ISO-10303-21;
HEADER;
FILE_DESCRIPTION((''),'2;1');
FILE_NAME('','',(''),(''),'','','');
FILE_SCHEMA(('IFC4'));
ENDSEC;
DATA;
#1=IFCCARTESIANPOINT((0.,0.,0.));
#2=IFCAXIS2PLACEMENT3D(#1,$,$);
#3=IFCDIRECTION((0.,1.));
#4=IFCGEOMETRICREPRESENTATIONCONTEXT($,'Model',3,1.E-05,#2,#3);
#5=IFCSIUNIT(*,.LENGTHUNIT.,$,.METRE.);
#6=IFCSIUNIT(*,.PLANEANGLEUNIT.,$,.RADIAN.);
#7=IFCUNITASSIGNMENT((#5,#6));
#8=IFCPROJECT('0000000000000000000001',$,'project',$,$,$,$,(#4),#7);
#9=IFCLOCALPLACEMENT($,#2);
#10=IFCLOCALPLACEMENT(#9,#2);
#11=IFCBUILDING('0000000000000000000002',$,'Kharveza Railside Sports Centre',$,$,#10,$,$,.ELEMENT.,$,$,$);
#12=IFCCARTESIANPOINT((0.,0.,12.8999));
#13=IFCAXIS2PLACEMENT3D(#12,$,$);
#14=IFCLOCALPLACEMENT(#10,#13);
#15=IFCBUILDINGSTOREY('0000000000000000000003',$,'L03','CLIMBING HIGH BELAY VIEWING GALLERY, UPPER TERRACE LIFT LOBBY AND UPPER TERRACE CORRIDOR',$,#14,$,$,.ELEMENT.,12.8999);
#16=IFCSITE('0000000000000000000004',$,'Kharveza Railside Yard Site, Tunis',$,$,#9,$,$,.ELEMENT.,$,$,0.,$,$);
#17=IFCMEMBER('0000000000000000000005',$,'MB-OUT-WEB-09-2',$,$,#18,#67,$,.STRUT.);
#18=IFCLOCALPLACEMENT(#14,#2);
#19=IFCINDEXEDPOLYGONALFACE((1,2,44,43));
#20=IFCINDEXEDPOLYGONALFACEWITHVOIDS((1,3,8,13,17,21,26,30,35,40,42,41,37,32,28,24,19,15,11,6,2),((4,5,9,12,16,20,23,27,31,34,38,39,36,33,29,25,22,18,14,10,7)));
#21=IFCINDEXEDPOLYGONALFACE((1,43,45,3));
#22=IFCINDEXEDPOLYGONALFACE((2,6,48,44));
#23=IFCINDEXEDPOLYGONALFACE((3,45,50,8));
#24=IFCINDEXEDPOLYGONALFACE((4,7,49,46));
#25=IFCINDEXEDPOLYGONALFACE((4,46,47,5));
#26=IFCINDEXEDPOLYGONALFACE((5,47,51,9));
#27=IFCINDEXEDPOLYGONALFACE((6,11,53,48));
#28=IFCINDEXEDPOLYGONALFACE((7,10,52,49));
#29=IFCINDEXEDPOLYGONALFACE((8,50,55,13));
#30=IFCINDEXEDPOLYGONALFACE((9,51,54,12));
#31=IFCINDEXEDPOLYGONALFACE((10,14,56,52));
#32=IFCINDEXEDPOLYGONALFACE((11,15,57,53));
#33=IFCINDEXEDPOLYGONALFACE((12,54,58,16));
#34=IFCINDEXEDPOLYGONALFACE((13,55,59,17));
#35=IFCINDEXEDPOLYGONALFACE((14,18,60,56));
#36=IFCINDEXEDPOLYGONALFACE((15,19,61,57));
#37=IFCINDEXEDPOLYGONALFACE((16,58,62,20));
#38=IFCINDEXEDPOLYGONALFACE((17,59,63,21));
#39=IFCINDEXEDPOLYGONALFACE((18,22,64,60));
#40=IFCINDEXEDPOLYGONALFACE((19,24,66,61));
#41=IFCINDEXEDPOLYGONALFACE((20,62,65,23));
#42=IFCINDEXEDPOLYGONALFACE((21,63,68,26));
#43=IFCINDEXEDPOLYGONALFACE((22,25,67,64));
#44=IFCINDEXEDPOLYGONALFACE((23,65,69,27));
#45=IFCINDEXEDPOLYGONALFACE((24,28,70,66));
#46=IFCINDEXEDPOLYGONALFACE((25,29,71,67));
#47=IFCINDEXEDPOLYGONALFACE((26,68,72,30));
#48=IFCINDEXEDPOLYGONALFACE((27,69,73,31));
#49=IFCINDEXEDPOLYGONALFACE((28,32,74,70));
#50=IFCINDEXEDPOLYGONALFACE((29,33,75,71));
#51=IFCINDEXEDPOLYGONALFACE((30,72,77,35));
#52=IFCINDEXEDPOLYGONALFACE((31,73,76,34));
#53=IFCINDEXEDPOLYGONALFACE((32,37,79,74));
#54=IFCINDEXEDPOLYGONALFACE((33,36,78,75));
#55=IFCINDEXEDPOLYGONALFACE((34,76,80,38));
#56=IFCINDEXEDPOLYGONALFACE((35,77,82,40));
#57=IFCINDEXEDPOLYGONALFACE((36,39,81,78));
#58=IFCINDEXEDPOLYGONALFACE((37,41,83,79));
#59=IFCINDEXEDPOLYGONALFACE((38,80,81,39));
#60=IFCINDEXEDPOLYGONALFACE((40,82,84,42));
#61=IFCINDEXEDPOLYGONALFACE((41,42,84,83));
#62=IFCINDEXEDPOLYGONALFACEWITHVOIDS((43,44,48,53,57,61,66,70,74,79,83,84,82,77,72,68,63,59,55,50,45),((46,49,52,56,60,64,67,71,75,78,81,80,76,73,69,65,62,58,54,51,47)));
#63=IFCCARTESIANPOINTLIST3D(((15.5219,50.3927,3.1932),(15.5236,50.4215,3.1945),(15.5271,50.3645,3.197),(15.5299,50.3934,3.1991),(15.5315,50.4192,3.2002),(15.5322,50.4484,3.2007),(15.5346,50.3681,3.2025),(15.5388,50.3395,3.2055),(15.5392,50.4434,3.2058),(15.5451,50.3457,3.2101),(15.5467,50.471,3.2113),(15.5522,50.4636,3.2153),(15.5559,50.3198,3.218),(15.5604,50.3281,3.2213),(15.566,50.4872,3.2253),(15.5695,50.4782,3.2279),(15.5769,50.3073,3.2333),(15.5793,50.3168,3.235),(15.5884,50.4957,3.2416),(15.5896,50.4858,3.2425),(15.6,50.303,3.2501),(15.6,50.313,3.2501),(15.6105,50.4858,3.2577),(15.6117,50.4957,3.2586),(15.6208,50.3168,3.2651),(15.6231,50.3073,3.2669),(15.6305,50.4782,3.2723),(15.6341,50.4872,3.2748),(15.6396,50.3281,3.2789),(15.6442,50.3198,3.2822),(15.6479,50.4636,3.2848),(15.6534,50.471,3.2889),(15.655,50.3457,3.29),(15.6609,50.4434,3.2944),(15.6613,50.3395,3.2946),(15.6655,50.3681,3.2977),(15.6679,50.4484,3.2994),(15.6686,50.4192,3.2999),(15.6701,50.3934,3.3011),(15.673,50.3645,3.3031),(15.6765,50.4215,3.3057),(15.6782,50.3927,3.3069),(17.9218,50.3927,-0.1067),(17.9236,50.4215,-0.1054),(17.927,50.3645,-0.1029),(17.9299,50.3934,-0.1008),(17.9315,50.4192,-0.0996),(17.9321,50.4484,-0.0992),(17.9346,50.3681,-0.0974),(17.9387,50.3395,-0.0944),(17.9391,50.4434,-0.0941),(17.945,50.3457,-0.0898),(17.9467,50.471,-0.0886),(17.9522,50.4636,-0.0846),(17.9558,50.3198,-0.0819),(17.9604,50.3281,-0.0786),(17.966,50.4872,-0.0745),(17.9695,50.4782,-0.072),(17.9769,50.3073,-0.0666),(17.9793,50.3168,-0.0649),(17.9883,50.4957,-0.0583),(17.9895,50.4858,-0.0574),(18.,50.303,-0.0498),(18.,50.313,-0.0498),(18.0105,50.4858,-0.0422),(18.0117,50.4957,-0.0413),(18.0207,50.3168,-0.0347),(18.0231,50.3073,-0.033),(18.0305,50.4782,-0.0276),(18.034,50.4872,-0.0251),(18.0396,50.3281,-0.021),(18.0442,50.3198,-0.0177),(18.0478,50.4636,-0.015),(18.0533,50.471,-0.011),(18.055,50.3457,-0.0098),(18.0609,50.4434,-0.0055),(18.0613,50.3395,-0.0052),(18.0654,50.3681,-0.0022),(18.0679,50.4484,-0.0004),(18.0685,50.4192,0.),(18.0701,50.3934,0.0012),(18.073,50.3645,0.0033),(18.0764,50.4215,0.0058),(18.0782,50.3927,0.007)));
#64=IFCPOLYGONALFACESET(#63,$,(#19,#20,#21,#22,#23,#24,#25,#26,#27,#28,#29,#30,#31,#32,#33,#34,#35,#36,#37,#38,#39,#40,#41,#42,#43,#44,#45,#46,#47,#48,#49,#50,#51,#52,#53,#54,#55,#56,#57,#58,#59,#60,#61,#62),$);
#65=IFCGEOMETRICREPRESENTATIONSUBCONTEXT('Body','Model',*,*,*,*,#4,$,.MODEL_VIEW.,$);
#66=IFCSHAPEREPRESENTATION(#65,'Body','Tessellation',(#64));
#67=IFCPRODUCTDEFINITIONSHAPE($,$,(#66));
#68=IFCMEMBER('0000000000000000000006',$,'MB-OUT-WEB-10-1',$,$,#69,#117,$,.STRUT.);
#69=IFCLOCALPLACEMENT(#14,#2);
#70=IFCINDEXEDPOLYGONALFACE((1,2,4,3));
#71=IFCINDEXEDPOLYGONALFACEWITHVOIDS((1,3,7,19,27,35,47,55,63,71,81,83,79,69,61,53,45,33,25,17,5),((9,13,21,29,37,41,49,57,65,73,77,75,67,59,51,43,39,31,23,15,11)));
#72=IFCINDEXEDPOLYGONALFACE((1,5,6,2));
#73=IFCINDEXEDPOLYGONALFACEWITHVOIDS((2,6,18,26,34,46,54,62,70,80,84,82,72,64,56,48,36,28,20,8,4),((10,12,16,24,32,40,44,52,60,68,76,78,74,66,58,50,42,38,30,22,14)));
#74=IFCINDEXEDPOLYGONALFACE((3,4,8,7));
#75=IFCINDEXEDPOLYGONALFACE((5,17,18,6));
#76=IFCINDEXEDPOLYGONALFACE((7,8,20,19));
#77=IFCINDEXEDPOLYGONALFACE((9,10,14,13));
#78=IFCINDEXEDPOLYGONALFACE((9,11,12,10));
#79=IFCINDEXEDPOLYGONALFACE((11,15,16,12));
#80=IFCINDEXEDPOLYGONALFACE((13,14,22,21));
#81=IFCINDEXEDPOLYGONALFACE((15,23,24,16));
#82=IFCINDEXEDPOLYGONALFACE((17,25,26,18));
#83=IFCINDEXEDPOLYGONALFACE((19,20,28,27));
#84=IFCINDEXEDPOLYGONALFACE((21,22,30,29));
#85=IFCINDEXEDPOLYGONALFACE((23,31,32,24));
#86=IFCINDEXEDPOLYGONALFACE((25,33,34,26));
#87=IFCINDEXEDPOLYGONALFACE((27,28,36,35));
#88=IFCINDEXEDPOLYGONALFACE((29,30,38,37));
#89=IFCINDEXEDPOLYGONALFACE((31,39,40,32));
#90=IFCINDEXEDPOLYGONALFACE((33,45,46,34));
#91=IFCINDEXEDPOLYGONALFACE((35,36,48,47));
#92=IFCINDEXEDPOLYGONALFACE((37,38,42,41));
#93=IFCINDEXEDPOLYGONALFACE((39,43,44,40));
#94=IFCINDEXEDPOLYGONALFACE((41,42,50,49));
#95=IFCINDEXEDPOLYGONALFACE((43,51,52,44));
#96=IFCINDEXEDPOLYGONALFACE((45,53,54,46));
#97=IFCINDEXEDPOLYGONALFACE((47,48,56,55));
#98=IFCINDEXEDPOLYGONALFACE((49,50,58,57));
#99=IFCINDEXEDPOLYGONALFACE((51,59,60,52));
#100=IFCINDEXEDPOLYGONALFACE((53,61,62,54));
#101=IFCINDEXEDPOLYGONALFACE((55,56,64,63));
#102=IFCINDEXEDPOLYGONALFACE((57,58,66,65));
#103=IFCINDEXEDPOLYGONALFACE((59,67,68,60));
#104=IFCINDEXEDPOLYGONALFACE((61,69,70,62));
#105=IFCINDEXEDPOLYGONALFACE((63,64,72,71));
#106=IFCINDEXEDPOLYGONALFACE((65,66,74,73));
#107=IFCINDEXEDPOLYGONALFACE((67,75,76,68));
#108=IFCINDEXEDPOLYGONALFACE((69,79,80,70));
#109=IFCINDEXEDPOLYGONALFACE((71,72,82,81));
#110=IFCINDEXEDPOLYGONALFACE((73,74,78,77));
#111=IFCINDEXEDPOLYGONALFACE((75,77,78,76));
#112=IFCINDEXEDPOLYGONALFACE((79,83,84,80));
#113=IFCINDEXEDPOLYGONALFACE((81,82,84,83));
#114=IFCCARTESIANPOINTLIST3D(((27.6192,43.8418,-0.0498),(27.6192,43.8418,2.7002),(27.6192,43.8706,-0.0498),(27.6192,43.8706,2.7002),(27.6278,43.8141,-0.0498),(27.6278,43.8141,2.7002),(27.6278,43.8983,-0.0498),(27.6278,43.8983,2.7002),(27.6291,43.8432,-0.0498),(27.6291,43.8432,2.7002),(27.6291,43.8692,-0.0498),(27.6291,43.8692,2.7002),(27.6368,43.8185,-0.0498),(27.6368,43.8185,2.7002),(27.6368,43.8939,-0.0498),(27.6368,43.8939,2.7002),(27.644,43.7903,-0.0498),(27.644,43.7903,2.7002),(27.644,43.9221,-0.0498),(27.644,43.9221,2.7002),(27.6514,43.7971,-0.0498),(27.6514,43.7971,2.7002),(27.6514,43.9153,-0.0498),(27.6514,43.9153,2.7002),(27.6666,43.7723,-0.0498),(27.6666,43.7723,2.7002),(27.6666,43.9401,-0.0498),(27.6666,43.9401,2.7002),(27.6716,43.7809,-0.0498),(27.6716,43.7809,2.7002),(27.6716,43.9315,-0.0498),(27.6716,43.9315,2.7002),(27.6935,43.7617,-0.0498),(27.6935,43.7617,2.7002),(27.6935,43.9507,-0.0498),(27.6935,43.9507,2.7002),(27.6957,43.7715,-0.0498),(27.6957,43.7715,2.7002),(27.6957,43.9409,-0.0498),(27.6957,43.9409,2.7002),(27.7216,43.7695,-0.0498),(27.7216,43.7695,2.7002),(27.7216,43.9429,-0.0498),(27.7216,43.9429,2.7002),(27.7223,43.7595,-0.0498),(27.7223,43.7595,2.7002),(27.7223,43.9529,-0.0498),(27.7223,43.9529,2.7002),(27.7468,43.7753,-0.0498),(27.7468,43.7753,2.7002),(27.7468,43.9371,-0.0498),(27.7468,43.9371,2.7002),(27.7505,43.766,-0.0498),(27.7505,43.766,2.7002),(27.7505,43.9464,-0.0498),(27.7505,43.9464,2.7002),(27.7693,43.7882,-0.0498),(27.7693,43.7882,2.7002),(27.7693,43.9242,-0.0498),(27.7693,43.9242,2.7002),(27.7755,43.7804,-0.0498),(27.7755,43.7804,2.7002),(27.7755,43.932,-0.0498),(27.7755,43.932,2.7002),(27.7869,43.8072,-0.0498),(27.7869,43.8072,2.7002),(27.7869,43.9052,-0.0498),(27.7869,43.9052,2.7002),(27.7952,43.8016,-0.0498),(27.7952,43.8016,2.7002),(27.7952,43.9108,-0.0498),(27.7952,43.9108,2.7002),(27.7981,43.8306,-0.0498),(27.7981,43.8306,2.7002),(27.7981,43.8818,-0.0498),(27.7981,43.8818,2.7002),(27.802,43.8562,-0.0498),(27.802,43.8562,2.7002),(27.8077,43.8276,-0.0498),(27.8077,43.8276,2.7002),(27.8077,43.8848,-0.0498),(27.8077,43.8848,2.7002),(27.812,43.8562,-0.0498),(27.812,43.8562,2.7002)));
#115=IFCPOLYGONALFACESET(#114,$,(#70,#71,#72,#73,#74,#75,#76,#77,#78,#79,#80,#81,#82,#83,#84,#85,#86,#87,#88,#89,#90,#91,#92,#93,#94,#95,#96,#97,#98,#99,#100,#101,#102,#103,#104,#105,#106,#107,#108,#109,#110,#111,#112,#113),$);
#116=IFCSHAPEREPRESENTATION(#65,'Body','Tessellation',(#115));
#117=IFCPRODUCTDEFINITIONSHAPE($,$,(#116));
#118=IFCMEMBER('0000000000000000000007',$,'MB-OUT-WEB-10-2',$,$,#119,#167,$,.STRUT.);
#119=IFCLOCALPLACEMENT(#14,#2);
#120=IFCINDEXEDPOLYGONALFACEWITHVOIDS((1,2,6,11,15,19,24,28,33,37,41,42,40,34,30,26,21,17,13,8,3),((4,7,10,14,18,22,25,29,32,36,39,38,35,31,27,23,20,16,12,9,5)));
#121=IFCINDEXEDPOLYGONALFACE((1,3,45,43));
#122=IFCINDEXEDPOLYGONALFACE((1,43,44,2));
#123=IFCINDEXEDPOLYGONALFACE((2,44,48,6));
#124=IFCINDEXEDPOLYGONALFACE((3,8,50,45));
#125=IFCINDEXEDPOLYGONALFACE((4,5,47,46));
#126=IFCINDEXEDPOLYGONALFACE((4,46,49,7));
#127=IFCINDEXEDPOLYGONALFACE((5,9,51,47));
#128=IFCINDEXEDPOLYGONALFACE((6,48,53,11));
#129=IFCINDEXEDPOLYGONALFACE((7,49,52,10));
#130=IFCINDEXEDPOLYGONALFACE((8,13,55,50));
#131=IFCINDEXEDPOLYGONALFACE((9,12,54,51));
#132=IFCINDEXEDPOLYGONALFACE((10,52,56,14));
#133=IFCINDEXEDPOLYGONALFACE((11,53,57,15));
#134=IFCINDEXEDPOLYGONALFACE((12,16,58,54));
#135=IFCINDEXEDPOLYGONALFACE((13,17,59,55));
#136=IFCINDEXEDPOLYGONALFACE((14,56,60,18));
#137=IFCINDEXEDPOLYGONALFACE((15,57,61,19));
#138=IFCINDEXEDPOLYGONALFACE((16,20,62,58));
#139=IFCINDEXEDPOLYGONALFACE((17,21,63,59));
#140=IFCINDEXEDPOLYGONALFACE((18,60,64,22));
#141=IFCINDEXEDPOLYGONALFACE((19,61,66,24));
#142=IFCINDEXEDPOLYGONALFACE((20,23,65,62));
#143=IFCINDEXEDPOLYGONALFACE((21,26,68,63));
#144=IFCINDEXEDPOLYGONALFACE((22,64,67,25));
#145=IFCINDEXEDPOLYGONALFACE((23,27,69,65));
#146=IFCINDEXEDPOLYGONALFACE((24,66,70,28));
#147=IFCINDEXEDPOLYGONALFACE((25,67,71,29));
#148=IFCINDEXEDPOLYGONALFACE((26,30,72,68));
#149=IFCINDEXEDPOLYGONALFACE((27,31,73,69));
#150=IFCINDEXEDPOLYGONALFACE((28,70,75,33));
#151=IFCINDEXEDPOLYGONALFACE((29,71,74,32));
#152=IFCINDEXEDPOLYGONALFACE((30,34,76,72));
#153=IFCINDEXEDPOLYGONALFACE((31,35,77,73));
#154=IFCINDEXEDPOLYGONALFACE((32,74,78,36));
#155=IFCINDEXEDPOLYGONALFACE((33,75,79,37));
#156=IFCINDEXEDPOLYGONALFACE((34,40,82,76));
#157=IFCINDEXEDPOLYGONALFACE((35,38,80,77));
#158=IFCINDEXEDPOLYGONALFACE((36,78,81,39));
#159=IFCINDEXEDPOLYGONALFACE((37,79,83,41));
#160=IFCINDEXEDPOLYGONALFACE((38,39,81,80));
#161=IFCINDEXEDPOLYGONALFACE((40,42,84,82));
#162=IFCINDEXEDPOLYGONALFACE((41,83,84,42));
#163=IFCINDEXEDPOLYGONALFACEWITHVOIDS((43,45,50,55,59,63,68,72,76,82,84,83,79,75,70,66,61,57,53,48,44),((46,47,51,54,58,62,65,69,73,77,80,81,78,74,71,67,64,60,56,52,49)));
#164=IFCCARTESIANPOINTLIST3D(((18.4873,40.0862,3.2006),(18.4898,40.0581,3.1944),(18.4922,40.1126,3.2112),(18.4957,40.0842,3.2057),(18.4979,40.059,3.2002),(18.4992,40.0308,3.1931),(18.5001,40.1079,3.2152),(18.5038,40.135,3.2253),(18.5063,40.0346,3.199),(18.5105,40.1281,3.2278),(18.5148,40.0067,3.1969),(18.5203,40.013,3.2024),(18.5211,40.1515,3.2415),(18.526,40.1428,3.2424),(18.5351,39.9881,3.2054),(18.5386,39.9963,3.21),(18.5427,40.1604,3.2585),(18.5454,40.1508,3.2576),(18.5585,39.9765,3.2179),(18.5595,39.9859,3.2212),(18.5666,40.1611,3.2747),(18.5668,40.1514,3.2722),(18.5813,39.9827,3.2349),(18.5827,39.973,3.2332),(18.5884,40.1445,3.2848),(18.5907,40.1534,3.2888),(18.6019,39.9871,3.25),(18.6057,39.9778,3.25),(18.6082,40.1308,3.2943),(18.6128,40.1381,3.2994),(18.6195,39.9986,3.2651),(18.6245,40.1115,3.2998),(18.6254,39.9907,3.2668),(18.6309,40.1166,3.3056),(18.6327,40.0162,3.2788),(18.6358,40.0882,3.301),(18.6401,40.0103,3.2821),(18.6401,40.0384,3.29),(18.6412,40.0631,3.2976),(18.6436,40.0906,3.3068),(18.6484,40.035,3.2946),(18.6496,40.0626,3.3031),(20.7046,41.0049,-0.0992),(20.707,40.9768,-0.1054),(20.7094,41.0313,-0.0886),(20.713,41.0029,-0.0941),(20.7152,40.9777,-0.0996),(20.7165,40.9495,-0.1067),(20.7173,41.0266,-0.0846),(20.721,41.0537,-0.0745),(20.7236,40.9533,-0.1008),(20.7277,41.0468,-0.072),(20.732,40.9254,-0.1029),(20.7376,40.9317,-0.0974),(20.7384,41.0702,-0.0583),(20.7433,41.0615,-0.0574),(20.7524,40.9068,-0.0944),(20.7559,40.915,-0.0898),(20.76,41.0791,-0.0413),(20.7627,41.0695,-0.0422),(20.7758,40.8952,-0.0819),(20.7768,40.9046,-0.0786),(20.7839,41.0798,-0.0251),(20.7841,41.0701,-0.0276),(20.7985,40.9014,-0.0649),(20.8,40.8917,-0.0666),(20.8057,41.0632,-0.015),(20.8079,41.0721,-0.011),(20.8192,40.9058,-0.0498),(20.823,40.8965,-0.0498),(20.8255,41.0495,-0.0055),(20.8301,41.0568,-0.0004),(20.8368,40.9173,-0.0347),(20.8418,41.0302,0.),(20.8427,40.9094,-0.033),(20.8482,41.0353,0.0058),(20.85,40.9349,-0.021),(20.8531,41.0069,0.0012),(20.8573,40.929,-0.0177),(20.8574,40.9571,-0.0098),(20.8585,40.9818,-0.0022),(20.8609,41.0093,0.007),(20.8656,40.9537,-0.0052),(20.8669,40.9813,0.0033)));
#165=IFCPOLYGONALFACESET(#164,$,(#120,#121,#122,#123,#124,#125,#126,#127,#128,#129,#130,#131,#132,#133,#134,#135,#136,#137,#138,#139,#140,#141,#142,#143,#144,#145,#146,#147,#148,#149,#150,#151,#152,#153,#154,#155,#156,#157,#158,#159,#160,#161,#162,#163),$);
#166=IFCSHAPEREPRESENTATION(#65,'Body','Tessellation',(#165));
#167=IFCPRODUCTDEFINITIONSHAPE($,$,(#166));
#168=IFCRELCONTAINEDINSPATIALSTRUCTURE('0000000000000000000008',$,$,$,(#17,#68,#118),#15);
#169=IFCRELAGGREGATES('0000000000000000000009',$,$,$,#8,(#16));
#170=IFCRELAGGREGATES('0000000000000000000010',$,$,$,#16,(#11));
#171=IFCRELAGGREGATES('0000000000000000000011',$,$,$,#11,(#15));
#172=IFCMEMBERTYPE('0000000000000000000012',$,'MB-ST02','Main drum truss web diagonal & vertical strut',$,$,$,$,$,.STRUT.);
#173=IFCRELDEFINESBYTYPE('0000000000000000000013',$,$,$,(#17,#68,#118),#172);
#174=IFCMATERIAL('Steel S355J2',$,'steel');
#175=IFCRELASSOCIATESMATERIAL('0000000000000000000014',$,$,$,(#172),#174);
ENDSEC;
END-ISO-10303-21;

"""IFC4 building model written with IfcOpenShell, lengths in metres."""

from ifc_helpers import new_model, si_unit, direction, frame, origin, origin_2d, place, context, subcontext, project, spatial, hollow_circle, extrude, material, material_profile, profile_set, type_object, element, save


model = new_model("IFC4")

# Units and contexts
model_context = context("Model", 3, precision=1e-05, world=origin(), true_north=direction((0.0, 1.0)))
body_context = subcontext(model_context, "Body", "Model", "MODEL_VIEW")
ifc_project = project(units=[si_unit("LENGTHUNIT", "METRE"), si_unit("PLANEANGLEUNIT", "RADIAN")], contexts=[model_context])

# Site, building, storey
site_placement = place(None, origin())
site = spatial("IfcSite", under=ifc_project, at=site_placement, Name="Kharveza Railside Yard Site, Tunis", CompositionType="ELEMENT", RefElevation=0.0)
building_placement = place(site_placement, origin())
building = spatial("IfcBuilding", under=site, at=building_placement, Name="Kharveza Railside Sports Centre", CompositionType="ELEMENT")
storey_placement = place(building_placement, frame((0.0, 0.0, 12.8999)))
storey = spatial("IfcBuildingStorey", under=building, at=storey_placement, Name="L03", Description="CLIMBING HIGH BELAY VIEWING GALLERY, UPPER TERRACE LIFT LOBBY AND UPPER TERRACE CORRIDOR", CompositionType="ELEMENT", Elevation=12.8999)

# Shared definitions
ifc_material_1 = material(Name="Steel S355J2", Category="steel")

# Members
ifc_material_profile_1 = material_profile(ifc_material_1, hollow_circle(Radius=0.0969, WallThickness=0.01, at=origin_2d()), Name="CHS 193.7x10.0")
ifc_profile_set_1 = profile_set([ifc_material_profile_1], Name="Steel S355J2")
member_type_1 = type_object("IfcMemberType", Name="MB-ST02", Description="Main drum truss web diagonal & vertical strut", PredefinedType="STRUT", material=ifc_profile_set_1)
member_1_placement = place(storey_placement, frame((18.0, 50.3999, -0.0498), z_axis=(-0.588179, 0.0, 0.808731), x_axis=(0.0, -1.0, 0.0)))
element("IfcMember", 1, at=member_1_placement, inside=storey, type_object=member_type_1, Name="MB-OUT-WEB-09-2", PredefinedType="STRUT", context=body_context, shape_type="SweptSolid", body=[
    extrude(hollow_circle(Radius=0.0969, WallThickness=0.01, at=origin_2d()), origin(), (0.0, 0.0, 1.0), 4.0803),
])
member_2_placement = place(storey_placement, frame((27.7151, 43.8562, -0.0498), z_axis=(0.0, 0.0, 1.0), x_axis=(1.0, 0.0, 0.0)))
element("IfcMember", 2, at=member_2_placement, inside=storey, type_object=member_type_1, Name="MB-OUT-WEB-10-1", PredefinedType="STRUT", context=body_context, shape_type="SweptSolid", body=[
    extrude(hollow_circle(Radius=0.0969, WallThickness=0.01, at=origin_2d()), origin(), (0.0, 0.0, 1.0), 2.75),
])
member_3_placement = place(storey_placement, frame((20.7859, 40.9861, -0.0498), z_axis=(-0.543409, -0.225154, 0.808711), x_axis=(0.38278, -0.92384, 0.0)))
element("IfcMember", 3, at=member_3_placement, inside=storey, type_object=member_type_1, Name="MB-OUT-WEB-10-2", PredefinedType="STRUT", context=body_context, shape_type="SweptSolid", body=[
    extrude(hollow_circle(Radius=0.0969, WallThickness=0.01, at=origin_2d()), origin(), (0.0, 0.0, 1.0), 4.0803),
])

save(model, "model.ifc")
